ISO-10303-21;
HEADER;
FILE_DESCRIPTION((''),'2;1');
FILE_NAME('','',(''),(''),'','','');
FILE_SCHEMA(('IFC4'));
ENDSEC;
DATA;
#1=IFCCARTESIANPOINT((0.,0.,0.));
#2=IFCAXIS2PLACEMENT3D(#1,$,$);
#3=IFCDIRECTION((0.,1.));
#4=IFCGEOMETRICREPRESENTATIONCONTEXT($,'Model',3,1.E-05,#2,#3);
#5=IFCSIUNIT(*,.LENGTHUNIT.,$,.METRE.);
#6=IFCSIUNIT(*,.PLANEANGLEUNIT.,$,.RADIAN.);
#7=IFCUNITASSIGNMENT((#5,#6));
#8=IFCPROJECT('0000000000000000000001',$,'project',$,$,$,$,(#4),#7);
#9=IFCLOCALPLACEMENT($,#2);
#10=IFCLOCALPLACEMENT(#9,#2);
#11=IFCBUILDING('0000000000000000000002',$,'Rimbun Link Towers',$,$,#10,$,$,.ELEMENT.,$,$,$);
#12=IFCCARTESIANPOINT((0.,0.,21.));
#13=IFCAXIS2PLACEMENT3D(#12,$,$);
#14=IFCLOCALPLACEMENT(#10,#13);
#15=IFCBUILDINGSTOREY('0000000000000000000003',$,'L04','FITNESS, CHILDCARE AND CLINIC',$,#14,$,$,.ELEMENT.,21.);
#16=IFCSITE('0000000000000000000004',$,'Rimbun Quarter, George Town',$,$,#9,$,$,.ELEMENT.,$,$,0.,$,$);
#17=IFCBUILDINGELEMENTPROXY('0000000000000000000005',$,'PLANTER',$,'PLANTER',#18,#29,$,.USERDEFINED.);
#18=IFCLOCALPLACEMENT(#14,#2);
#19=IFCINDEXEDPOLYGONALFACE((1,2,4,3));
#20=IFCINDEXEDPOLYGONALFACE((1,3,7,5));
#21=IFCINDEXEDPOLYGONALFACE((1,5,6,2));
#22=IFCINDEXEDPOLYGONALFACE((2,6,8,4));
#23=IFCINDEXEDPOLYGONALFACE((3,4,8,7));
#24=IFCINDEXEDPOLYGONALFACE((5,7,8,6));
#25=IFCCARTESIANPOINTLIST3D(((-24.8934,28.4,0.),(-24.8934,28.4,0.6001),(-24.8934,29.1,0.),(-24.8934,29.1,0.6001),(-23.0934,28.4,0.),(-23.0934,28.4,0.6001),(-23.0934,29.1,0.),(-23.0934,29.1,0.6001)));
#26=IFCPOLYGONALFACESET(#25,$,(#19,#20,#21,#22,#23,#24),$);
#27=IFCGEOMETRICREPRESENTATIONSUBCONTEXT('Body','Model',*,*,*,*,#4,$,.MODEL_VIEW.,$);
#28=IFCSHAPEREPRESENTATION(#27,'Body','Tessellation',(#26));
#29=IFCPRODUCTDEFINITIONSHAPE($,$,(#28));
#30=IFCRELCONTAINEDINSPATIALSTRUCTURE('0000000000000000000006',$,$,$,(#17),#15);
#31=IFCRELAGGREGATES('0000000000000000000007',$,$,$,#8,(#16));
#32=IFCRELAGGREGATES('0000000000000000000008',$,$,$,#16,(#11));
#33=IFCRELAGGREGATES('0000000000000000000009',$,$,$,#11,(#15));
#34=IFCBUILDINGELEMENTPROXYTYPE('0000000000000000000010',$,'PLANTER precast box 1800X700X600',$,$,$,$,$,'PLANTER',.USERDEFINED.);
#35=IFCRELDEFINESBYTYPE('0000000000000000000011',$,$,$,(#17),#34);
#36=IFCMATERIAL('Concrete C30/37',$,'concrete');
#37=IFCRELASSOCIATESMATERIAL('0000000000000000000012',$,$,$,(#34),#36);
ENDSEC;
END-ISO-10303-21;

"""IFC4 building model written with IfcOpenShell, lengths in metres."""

from ifc_helpers import new_model, si_unit, direction, frame, origin, origin_2d, place, context, subcontext, project, spatial, rectangle, extrude, material, type_object, element, save


model = new_model("IFC4")

# Units and contexts
model_context = context("Model", 3, precision=1e-05, world=origin(), true_north=direction((0.0, 1.0)))
body_context = subcontext(model_context, "Body", "Model", "MODEL_VIEW")
ifc_project = project(units=[si_unit("LENGTHUNIT", "METRE"), si_unit("PLANEANGLEUNIT", "RADIAN")], contexts=[model_context])

# Site, building, storey
site_placement = place(None, origin())
site = spatial("IfcSite", under=ifc_project, at=site_placement, Name="Rimbun Quarter, George Town", CompositionType="ELEMENT", RefElevation=0.0)
building_placement = place(site_placement, origin())
building = spatial("IfcBuilding", under=site, at=building_placement, Name="Rimbun Link Towers", CompositionType="ELEMENT")
storey_placement = place(building_placement, frame((0.0, 0.0, 21.0)))
storey = spatial("IfcBuildingStorey", under=building, at=storey_placement, Name="L04", Description="FITNESS, CHILDCARE AND CLINIC", CompositionType="ELEMENT", Elevation=21.0)

# Building element proxy
ifc_material_1 = material(Name="Concrete C30/37", Category="concrete")
building_element_proxy_type = type_object("IfcBuildingElementProxyType", Name="PLANTER precast box 1800X700X600", ElementType="PLANTER", PredefinedType="USERDEFINED", material=ifc_material_1)
for number, where, z_axis, x_axis, name in (
    (1, (-23.9934, 28.75, 0.0), (0.0, 0.0, 1.0), (-1.0, 0.0, 0.0), "PLANTER"),
):
    element("IfcBuildingElementProxy", number, at=place(storey_placement, frame(where, z_axis=z_axis, x_axis=x_axis)), inside=storey, type_object=building_element_proxy_type, Name=name, ObjectType="PLANTER", PredefinedType="USERDEFINED", context=body_context, shape_type="SweptSolid", body=[
        extrude(rectangle(XDim=1.8, YDim=0.7, at=origin_2d()), origin(), (0.0, 0.0, 1.0), 0.6001),
    ])

save(model, "model.ifc")
